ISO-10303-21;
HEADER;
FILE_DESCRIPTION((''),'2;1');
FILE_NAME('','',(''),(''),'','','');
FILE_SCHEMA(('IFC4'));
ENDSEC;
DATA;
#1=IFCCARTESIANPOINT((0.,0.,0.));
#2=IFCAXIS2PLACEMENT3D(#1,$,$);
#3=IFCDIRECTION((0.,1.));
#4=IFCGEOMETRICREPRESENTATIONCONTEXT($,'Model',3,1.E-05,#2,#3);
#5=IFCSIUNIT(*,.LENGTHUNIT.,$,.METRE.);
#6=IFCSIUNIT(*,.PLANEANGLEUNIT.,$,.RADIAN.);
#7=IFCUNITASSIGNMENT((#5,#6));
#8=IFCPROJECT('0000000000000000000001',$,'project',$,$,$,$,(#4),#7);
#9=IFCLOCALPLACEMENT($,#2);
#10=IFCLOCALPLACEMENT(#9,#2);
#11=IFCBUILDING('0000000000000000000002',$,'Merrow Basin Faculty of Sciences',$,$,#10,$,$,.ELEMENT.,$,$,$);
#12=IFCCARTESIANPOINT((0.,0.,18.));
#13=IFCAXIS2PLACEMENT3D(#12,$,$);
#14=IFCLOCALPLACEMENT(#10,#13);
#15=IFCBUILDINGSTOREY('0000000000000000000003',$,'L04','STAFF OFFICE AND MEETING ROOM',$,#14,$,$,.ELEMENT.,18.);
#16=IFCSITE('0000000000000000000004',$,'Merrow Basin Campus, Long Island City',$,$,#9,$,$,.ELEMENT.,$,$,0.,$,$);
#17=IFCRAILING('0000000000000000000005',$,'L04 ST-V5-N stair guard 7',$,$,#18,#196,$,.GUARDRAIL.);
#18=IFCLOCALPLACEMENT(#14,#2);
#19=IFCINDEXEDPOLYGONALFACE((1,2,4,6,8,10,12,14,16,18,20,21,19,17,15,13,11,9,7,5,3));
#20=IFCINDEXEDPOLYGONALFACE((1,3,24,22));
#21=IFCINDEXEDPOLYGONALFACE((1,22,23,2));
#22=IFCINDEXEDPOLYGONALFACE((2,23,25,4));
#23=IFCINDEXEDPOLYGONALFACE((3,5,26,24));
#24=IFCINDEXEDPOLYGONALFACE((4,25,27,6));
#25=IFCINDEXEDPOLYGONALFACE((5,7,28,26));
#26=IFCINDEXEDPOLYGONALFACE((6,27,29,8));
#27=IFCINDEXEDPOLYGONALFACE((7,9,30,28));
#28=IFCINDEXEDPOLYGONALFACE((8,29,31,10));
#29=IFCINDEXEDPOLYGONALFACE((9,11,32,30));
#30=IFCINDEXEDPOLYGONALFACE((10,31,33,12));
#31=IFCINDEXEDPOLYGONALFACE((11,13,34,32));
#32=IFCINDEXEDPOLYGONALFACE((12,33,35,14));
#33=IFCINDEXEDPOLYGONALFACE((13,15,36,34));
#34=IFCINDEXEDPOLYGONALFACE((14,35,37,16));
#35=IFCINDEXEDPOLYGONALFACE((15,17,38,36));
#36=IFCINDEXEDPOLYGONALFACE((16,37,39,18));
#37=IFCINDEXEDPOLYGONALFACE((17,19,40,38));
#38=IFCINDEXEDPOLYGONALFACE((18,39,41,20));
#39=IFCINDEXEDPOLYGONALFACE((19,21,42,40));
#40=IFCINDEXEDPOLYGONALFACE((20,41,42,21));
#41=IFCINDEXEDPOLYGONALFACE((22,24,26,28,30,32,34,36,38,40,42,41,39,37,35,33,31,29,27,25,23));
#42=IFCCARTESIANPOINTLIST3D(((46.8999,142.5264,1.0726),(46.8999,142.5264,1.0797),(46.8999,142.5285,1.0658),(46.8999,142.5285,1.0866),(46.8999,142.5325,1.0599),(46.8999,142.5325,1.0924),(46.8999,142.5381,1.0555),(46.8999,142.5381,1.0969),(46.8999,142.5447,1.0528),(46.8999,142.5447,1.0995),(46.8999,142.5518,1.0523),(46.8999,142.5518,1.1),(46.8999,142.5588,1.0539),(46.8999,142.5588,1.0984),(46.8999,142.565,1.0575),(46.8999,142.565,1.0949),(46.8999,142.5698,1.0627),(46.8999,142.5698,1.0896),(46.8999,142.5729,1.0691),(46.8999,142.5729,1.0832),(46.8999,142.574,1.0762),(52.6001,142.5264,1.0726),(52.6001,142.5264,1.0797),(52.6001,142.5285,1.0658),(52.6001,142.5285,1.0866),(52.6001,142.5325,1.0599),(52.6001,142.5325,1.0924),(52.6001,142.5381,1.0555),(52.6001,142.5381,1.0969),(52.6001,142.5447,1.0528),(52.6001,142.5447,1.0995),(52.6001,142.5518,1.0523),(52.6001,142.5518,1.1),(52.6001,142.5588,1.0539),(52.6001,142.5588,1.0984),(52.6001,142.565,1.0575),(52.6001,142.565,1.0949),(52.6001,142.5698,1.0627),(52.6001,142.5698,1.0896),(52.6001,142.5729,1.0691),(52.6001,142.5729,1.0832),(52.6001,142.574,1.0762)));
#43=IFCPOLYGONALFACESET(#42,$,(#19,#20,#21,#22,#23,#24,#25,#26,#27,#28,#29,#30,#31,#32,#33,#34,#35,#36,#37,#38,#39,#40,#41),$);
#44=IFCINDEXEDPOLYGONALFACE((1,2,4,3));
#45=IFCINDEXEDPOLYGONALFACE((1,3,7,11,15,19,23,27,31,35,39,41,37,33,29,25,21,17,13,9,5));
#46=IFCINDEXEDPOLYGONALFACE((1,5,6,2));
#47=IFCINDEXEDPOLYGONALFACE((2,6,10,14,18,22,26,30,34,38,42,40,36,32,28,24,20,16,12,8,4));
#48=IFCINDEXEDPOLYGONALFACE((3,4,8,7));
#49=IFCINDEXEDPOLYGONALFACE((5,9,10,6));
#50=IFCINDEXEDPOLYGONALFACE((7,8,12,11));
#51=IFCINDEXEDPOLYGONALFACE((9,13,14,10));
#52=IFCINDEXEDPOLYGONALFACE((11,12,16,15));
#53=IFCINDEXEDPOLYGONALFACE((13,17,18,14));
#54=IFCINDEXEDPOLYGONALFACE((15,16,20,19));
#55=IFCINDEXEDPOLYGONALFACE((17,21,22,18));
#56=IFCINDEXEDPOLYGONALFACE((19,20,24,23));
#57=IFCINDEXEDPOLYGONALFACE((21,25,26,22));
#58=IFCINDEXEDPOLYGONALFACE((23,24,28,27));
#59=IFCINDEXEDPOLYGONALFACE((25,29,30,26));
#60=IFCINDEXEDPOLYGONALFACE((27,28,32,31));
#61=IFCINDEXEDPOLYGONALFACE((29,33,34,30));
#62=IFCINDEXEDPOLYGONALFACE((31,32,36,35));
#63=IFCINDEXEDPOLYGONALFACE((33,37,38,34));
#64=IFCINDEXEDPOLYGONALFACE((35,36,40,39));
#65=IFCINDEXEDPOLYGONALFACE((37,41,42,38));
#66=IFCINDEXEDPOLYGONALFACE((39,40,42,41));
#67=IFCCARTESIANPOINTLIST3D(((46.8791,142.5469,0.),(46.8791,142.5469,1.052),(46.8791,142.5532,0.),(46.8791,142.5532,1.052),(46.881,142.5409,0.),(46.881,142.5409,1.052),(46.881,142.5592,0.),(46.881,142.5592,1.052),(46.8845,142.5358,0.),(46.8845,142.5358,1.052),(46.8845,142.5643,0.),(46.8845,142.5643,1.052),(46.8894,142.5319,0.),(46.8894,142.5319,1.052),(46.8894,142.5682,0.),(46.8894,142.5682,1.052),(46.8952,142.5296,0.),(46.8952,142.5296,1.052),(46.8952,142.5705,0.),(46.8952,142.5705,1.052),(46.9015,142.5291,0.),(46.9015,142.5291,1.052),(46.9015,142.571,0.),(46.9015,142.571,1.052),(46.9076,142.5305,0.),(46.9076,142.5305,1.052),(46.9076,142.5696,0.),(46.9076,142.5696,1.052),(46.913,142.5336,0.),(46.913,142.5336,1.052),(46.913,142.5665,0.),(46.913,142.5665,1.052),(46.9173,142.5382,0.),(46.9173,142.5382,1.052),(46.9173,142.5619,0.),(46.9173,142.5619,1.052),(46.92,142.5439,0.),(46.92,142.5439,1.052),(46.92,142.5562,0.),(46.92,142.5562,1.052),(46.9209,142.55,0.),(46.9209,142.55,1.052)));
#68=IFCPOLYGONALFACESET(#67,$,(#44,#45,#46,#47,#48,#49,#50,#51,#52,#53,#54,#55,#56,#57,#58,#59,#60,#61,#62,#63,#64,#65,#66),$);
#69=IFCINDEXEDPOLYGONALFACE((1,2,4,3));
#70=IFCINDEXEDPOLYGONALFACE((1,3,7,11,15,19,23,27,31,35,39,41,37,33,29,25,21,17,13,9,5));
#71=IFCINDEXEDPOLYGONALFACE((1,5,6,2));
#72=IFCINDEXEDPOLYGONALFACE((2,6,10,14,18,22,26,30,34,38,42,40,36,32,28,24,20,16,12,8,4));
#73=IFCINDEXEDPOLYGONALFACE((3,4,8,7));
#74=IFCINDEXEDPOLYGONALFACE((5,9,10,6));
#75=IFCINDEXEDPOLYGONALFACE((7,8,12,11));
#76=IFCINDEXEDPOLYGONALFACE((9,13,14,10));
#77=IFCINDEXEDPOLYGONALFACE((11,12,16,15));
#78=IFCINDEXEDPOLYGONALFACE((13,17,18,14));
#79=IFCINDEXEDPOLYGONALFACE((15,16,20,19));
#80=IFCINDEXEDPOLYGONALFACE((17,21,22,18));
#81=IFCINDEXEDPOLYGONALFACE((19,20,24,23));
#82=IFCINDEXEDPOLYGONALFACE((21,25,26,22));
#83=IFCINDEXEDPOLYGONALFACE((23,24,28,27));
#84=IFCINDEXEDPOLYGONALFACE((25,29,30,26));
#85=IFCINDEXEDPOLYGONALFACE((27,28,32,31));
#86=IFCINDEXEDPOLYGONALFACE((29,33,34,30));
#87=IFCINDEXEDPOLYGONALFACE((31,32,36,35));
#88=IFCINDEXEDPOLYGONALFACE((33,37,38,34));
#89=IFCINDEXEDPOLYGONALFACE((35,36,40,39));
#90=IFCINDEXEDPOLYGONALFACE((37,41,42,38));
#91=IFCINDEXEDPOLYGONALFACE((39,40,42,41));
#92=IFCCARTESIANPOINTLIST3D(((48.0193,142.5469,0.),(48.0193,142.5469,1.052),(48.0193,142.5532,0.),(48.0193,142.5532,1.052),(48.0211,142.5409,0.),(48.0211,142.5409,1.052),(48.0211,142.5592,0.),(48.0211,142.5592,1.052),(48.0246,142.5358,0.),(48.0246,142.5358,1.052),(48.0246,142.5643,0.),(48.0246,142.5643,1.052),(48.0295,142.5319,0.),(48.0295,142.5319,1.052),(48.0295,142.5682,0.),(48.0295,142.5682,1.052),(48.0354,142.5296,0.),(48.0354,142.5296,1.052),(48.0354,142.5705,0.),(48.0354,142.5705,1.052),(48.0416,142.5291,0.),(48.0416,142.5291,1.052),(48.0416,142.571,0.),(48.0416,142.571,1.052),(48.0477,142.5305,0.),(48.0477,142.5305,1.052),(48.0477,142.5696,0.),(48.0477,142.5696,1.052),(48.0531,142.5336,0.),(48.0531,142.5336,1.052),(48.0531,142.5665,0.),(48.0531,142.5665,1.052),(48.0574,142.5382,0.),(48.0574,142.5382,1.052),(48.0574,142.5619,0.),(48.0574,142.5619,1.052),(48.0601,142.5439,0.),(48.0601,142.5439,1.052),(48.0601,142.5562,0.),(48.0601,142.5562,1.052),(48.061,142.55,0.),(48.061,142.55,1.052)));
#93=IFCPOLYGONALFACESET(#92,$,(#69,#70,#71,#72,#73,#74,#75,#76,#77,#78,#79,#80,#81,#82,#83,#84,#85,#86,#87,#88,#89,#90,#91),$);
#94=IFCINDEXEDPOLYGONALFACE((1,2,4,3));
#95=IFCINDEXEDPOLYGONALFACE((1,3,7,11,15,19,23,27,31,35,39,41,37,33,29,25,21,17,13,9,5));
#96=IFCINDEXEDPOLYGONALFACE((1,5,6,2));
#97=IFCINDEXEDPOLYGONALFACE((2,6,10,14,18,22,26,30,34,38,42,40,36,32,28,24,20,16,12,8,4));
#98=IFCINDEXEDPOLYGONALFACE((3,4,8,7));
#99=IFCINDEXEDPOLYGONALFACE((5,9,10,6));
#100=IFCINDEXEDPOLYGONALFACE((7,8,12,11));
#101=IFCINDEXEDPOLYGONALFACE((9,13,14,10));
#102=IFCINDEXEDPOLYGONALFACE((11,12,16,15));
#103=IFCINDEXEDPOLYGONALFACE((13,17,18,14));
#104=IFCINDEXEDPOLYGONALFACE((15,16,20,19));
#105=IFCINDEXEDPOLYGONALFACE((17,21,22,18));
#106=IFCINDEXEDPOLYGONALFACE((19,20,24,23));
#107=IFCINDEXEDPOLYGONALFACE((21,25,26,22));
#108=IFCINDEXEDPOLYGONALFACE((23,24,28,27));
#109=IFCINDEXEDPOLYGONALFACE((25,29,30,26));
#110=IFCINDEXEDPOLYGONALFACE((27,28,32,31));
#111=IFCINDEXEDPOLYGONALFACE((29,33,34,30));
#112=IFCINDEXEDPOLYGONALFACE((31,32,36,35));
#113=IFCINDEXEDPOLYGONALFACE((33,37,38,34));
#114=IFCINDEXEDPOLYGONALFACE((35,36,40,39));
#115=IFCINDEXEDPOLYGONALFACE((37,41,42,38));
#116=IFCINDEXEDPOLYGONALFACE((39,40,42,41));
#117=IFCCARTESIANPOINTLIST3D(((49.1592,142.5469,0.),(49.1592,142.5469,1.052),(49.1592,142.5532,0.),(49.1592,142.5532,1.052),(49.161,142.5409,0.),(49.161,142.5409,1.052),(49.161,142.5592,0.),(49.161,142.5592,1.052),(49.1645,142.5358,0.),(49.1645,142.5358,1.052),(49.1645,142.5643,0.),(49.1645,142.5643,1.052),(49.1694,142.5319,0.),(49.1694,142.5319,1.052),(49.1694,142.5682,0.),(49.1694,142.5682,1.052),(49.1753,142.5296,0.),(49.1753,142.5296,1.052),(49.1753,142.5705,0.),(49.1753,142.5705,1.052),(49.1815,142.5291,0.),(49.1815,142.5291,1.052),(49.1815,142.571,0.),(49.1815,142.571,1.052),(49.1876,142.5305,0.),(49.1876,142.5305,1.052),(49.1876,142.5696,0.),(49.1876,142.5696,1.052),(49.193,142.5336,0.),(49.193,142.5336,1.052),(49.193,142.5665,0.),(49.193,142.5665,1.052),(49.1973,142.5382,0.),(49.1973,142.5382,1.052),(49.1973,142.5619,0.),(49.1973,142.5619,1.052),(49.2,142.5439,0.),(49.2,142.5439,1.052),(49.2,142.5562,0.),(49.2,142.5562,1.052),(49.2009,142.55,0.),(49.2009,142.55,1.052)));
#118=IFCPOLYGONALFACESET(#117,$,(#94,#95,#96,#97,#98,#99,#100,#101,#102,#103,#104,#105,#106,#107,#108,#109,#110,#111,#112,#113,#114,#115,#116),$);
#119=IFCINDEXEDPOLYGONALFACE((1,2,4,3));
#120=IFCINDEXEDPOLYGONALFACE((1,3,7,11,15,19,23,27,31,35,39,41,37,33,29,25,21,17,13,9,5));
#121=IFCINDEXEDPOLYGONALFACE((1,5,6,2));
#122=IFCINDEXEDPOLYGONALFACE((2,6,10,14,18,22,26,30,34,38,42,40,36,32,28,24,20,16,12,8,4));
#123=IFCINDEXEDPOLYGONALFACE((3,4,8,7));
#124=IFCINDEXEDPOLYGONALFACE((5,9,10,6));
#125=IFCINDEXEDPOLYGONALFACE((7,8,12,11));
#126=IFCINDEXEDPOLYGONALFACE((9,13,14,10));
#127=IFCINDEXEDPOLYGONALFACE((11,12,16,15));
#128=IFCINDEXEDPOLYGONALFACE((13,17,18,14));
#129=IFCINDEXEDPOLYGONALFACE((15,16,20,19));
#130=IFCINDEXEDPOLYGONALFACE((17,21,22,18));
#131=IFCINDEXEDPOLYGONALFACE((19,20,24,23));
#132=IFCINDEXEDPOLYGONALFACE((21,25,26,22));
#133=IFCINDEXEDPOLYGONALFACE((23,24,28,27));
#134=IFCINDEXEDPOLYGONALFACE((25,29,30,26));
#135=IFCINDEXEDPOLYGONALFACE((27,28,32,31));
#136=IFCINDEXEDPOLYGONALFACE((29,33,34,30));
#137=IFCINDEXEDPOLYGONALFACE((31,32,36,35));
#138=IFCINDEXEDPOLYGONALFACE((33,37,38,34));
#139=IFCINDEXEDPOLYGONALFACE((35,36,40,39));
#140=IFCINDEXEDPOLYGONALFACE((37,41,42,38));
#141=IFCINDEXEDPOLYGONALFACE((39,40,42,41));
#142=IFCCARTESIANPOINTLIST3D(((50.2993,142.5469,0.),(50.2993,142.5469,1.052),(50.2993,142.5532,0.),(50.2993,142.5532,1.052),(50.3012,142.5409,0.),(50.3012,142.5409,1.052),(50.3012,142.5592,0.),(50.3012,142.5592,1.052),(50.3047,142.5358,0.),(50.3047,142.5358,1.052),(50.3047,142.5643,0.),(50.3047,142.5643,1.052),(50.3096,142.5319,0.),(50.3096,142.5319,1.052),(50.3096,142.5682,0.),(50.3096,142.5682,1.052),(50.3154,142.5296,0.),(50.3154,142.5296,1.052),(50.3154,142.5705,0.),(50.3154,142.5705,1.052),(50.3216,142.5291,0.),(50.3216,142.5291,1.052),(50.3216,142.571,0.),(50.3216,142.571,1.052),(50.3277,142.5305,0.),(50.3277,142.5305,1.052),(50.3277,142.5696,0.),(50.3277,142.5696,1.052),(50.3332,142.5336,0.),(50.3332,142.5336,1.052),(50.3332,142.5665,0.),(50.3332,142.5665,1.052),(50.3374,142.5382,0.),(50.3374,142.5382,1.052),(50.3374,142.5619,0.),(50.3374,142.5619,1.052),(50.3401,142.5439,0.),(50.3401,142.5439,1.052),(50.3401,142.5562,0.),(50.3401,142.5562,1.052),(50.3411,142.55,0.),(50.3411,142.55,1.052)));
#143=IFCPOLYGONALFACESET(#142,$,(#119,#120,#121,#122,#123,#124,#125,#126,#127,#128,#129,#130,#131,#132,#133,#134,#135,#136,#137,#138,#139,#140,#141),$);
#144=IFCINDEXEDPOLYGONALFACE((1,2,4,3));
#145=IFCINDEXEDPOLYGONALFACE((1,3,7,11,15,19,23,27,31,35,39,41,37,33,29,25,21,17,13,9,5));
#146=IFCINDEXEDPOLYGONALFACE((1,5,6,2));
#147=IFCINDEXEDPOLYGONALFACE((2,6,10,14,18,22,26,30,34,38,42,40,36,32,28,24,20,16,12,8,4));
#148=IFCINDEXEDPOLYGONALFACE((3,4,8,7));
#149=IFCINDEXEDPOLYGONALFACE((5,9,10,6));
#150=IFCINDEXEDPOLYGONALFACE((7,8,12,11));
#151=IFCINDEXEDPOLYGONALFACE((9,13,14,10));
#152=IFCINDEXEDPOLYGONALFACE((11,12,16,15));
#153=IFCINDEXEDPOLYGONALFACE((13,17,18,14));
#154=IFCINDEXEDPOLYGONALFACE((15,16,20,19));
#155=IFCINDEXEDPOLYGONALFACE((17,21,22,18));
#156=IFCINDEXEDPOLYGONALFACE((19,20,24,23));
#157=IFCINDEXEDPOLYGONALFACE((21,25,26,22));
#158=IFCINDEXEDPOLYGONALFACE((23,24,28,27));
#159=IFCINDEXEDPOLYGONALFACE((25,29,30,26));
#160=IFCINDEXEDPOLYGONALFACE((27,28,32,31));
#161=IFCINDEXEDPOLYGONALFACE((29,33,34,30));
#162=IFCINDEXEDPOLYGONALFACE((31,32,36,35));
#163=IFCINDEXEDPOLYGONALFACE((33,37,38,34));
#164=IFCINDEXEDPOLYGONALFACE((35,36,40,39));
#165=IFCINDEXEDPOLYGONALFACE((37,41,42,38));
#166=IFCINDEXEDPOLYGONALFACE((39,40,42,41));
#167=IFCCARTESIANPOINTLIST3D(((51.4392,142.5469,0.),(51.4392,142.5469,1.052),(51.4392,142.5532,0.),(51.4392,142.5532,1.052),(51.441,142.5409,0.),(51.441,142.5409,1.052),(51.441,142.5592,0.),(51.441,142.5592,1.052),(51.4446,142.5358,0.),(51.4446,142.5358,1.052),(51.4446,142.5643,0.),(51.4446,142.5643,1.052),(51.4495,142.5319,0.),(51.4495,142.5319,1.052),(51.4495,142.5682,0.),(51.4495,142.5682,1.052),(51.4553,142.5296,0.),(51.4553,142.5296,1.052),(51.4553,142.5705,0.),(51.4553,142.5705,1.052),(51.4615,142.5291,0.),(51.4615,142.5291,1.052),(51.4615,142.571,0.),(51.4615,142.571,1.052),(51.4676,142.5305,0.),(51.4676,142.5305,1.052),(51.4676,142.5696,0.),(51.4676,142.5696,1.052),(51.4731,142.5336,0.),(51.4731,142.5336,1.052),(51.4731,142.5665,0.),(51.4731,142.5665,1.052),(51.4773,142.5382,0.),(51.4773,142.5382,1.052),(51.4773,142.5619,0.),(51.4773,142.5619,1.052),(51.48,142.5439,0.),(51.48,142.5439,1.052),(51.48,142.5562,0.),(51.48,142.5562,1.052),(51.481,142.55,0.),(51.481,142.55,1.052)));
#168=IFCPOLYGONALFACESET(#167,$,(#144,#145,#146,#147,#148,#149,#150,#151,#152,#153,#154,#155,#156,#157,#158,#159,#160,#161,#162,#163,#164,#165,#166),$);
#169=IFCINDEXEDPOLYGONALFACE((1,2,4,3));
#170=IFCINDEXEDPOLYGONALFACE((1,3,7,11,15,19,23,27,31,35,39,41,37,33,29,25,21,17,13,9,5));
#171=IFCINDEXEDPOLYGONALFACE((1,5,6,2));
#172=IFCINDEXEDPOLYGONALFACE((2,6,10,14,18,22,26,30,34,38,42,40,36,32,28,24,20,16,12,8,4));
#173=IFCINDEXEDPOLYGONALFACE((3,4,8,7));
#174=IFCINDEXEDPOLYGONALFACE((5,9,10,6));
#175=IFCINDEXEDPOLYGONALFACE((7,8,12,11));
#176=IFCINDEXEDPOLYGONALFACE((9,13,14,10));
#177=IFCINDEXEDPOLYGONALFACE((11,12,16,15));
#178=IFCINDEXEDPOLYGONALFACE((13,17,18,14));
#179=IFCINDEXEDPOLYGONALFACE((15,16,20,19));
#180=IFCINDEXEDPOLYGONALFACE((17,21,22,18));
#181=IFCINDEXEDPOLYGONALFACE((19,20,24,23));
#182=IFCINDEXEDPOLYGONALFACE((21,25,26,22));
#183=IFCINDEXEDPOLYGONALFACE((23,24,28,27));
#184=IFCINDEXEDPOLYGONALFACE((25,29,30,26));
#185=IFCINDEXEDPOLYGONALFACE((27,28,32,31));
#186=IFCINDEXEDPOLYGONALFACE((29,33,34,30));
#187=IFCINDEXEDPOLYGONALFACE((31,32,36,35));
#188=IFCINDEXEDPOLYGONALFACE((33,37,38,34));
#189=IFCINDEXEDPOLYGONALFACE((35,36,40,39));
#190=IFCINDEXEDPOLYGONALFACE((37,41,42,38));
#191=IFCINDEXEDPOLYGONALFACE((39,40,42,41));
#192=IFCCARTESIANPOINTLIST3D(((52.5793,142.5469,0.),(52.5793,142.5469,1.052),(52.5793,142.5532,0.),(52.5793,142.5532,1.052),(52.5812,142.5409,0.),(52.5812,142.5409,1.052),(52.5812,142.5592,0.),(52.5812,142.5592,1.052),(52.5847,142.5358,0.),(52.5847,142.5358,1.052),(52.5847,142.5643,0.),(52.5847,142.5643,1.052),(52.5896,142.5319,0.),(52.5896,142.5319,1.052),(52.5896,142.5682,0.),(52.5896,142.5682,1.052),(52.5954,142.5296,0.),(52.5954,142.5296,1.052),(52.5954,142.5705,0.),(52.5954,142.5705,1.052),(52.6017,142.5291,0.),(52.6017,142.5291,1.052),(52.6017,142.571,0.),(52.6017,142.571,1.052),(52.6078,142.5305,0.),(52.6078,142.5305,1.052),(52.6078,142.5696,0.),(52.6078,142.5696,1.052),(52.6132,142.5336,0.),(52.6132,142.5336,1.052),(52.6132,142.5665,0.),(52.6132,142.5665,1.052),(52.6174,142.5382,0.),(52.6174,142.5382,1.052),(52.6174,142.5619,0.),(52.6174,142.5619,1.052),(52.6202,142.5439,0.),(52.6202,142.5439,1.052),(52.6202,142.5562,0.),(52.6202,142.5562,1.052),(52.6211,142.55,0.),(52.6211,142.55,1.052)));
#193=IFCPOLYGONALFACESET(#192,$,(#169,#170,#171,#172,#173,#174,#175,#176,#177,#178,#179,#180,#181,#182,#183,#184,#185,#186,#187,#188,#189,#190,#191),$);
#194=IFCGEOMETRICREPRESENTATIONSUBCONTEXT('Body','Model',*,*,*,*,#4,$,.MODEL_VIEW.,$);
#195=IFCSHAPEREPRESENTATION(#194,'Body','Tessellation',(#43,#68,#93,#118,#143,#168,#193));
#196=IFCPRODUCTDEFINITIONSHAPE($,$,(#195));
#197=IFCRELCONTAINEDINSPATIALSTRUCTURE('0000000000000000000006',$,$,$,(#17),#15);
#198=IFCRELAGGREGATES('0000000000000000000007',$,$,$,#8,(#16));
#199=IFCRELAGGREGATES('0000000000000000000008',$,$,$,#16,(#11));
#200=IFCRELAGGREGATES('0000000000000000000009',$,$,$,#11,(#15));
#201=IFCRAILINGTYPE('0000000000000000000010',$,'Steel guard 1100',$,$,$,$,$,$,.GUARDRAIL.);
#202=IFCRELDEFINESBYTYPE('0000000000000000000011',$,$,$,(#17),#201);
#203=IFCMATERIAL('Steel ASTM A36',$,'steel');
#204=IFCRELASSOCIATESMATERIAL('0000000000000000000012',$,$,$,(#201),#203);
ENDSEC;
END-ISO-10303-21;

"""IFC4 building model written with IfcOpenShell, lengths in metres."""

from ifc_helpers import new_model, si_unit, direction, frame, origin, origin_2d, place, context, subcontext, project, spatial, circle, extrude, material, type_object, element, save


model = new_model("IFC4")

# Units and contexts
model_context = context("Model", 3, precision=1e-05, world=origin(), true_north=direction((0.0, 1.0)))
body_context = subcontext(model_context, "Body", "Model", "MODEL_VIEW")
ifc_project = project(units=[si_unit("LENGTHUNIT", "METRE"), si_unit("PLANEANGLEUNIT", "RADIAN")], contexts=[model_context])

# Site, building, storey
site_placement = place(None, origin())
site = spatial("IfcSite", under=ifc_project, at=site_placement, Name="Merrow Basin Campus, Long Island City", CompositionType="ELEMENT", RefElevation=0.0)
building_placement = place(site_placement, origin())
building = spatial("IfcBuilding", under=site, at=building_placement, Name="Merrow Basin Faculty of Sciences", CompositionType="ELEMENT")
storey_placement = place(building_placement, frame((0.0, 0.0, 18.0)))
storey = spatial("IfcBuildingStorey", under=building, at=storey_placement, Name="L04", Description="STAFF OFFICE AND MEETING ROOM", CompositionType="ELEMENT", Elevation=18.0)

# Railing
ifc_material_1 = material(Name="Steel ASTM A36", Category="steel")
railing_type_1 = type_object("IfcRailingType", Name="Steel guard 1100", PredefinedType="GUARDRAIL", material=ifc_material_1)
railing_1_placement = place(storey_placement, frame((46.8999, 142.55, 0.0)))
element("IfcRailing", 1, at=railing_1_placement, inside=storey, type_object=railing_type_1, Name="L04 ST-V5-N stair guard 7", PredefinedType="GUARDRAIL", context=body_context, shape_type="SweptSolid", body=[
    extrude(circle(Radius=0.0239, at=origin_2d()), frame((0.0, 0.0, 1.0762), z_axis=(1.0, 0.0, 0.0), x_axis=(0.0, 1.0, 0.0)), (0.0, 0.0, 1.0), 5.7002),
    extrude(circle(Radius=0.021, at=origin_2d()), origin(), (0.0, 0.0, 1.0), 1.052),
    extrude(circle(Radius=0.021, at=origin_2d()), frame((1.1401, 0.0, 0.0)), (0.0, 0.0, 1.0), 1.052),
    extrude(circle(Radius=0.021, at=origin_2d()), frame((2.28, 0.0, 0.0)), (0.0, 0.0, 1.0), 1.052),
    extrude(circle(Radius=0.021, at=origin_2d()), frame((3.4202, 0.0, 0.0)), (0.0, 0.0, 1.0), 1.052),
    extrude(circle(Radius=0.021, at=origin_2d()), frame((4.5601, 0.0, 0.0)), (0.0, 0.0, 1.0), 1.052),
    extrude(circle(Radius=0.021, at=origin_2d()), frame((5.7002, 0.0, 0.0)), (0.0, 0.0, 1.0), 1.052),
])

save(model, "model.ifc")
